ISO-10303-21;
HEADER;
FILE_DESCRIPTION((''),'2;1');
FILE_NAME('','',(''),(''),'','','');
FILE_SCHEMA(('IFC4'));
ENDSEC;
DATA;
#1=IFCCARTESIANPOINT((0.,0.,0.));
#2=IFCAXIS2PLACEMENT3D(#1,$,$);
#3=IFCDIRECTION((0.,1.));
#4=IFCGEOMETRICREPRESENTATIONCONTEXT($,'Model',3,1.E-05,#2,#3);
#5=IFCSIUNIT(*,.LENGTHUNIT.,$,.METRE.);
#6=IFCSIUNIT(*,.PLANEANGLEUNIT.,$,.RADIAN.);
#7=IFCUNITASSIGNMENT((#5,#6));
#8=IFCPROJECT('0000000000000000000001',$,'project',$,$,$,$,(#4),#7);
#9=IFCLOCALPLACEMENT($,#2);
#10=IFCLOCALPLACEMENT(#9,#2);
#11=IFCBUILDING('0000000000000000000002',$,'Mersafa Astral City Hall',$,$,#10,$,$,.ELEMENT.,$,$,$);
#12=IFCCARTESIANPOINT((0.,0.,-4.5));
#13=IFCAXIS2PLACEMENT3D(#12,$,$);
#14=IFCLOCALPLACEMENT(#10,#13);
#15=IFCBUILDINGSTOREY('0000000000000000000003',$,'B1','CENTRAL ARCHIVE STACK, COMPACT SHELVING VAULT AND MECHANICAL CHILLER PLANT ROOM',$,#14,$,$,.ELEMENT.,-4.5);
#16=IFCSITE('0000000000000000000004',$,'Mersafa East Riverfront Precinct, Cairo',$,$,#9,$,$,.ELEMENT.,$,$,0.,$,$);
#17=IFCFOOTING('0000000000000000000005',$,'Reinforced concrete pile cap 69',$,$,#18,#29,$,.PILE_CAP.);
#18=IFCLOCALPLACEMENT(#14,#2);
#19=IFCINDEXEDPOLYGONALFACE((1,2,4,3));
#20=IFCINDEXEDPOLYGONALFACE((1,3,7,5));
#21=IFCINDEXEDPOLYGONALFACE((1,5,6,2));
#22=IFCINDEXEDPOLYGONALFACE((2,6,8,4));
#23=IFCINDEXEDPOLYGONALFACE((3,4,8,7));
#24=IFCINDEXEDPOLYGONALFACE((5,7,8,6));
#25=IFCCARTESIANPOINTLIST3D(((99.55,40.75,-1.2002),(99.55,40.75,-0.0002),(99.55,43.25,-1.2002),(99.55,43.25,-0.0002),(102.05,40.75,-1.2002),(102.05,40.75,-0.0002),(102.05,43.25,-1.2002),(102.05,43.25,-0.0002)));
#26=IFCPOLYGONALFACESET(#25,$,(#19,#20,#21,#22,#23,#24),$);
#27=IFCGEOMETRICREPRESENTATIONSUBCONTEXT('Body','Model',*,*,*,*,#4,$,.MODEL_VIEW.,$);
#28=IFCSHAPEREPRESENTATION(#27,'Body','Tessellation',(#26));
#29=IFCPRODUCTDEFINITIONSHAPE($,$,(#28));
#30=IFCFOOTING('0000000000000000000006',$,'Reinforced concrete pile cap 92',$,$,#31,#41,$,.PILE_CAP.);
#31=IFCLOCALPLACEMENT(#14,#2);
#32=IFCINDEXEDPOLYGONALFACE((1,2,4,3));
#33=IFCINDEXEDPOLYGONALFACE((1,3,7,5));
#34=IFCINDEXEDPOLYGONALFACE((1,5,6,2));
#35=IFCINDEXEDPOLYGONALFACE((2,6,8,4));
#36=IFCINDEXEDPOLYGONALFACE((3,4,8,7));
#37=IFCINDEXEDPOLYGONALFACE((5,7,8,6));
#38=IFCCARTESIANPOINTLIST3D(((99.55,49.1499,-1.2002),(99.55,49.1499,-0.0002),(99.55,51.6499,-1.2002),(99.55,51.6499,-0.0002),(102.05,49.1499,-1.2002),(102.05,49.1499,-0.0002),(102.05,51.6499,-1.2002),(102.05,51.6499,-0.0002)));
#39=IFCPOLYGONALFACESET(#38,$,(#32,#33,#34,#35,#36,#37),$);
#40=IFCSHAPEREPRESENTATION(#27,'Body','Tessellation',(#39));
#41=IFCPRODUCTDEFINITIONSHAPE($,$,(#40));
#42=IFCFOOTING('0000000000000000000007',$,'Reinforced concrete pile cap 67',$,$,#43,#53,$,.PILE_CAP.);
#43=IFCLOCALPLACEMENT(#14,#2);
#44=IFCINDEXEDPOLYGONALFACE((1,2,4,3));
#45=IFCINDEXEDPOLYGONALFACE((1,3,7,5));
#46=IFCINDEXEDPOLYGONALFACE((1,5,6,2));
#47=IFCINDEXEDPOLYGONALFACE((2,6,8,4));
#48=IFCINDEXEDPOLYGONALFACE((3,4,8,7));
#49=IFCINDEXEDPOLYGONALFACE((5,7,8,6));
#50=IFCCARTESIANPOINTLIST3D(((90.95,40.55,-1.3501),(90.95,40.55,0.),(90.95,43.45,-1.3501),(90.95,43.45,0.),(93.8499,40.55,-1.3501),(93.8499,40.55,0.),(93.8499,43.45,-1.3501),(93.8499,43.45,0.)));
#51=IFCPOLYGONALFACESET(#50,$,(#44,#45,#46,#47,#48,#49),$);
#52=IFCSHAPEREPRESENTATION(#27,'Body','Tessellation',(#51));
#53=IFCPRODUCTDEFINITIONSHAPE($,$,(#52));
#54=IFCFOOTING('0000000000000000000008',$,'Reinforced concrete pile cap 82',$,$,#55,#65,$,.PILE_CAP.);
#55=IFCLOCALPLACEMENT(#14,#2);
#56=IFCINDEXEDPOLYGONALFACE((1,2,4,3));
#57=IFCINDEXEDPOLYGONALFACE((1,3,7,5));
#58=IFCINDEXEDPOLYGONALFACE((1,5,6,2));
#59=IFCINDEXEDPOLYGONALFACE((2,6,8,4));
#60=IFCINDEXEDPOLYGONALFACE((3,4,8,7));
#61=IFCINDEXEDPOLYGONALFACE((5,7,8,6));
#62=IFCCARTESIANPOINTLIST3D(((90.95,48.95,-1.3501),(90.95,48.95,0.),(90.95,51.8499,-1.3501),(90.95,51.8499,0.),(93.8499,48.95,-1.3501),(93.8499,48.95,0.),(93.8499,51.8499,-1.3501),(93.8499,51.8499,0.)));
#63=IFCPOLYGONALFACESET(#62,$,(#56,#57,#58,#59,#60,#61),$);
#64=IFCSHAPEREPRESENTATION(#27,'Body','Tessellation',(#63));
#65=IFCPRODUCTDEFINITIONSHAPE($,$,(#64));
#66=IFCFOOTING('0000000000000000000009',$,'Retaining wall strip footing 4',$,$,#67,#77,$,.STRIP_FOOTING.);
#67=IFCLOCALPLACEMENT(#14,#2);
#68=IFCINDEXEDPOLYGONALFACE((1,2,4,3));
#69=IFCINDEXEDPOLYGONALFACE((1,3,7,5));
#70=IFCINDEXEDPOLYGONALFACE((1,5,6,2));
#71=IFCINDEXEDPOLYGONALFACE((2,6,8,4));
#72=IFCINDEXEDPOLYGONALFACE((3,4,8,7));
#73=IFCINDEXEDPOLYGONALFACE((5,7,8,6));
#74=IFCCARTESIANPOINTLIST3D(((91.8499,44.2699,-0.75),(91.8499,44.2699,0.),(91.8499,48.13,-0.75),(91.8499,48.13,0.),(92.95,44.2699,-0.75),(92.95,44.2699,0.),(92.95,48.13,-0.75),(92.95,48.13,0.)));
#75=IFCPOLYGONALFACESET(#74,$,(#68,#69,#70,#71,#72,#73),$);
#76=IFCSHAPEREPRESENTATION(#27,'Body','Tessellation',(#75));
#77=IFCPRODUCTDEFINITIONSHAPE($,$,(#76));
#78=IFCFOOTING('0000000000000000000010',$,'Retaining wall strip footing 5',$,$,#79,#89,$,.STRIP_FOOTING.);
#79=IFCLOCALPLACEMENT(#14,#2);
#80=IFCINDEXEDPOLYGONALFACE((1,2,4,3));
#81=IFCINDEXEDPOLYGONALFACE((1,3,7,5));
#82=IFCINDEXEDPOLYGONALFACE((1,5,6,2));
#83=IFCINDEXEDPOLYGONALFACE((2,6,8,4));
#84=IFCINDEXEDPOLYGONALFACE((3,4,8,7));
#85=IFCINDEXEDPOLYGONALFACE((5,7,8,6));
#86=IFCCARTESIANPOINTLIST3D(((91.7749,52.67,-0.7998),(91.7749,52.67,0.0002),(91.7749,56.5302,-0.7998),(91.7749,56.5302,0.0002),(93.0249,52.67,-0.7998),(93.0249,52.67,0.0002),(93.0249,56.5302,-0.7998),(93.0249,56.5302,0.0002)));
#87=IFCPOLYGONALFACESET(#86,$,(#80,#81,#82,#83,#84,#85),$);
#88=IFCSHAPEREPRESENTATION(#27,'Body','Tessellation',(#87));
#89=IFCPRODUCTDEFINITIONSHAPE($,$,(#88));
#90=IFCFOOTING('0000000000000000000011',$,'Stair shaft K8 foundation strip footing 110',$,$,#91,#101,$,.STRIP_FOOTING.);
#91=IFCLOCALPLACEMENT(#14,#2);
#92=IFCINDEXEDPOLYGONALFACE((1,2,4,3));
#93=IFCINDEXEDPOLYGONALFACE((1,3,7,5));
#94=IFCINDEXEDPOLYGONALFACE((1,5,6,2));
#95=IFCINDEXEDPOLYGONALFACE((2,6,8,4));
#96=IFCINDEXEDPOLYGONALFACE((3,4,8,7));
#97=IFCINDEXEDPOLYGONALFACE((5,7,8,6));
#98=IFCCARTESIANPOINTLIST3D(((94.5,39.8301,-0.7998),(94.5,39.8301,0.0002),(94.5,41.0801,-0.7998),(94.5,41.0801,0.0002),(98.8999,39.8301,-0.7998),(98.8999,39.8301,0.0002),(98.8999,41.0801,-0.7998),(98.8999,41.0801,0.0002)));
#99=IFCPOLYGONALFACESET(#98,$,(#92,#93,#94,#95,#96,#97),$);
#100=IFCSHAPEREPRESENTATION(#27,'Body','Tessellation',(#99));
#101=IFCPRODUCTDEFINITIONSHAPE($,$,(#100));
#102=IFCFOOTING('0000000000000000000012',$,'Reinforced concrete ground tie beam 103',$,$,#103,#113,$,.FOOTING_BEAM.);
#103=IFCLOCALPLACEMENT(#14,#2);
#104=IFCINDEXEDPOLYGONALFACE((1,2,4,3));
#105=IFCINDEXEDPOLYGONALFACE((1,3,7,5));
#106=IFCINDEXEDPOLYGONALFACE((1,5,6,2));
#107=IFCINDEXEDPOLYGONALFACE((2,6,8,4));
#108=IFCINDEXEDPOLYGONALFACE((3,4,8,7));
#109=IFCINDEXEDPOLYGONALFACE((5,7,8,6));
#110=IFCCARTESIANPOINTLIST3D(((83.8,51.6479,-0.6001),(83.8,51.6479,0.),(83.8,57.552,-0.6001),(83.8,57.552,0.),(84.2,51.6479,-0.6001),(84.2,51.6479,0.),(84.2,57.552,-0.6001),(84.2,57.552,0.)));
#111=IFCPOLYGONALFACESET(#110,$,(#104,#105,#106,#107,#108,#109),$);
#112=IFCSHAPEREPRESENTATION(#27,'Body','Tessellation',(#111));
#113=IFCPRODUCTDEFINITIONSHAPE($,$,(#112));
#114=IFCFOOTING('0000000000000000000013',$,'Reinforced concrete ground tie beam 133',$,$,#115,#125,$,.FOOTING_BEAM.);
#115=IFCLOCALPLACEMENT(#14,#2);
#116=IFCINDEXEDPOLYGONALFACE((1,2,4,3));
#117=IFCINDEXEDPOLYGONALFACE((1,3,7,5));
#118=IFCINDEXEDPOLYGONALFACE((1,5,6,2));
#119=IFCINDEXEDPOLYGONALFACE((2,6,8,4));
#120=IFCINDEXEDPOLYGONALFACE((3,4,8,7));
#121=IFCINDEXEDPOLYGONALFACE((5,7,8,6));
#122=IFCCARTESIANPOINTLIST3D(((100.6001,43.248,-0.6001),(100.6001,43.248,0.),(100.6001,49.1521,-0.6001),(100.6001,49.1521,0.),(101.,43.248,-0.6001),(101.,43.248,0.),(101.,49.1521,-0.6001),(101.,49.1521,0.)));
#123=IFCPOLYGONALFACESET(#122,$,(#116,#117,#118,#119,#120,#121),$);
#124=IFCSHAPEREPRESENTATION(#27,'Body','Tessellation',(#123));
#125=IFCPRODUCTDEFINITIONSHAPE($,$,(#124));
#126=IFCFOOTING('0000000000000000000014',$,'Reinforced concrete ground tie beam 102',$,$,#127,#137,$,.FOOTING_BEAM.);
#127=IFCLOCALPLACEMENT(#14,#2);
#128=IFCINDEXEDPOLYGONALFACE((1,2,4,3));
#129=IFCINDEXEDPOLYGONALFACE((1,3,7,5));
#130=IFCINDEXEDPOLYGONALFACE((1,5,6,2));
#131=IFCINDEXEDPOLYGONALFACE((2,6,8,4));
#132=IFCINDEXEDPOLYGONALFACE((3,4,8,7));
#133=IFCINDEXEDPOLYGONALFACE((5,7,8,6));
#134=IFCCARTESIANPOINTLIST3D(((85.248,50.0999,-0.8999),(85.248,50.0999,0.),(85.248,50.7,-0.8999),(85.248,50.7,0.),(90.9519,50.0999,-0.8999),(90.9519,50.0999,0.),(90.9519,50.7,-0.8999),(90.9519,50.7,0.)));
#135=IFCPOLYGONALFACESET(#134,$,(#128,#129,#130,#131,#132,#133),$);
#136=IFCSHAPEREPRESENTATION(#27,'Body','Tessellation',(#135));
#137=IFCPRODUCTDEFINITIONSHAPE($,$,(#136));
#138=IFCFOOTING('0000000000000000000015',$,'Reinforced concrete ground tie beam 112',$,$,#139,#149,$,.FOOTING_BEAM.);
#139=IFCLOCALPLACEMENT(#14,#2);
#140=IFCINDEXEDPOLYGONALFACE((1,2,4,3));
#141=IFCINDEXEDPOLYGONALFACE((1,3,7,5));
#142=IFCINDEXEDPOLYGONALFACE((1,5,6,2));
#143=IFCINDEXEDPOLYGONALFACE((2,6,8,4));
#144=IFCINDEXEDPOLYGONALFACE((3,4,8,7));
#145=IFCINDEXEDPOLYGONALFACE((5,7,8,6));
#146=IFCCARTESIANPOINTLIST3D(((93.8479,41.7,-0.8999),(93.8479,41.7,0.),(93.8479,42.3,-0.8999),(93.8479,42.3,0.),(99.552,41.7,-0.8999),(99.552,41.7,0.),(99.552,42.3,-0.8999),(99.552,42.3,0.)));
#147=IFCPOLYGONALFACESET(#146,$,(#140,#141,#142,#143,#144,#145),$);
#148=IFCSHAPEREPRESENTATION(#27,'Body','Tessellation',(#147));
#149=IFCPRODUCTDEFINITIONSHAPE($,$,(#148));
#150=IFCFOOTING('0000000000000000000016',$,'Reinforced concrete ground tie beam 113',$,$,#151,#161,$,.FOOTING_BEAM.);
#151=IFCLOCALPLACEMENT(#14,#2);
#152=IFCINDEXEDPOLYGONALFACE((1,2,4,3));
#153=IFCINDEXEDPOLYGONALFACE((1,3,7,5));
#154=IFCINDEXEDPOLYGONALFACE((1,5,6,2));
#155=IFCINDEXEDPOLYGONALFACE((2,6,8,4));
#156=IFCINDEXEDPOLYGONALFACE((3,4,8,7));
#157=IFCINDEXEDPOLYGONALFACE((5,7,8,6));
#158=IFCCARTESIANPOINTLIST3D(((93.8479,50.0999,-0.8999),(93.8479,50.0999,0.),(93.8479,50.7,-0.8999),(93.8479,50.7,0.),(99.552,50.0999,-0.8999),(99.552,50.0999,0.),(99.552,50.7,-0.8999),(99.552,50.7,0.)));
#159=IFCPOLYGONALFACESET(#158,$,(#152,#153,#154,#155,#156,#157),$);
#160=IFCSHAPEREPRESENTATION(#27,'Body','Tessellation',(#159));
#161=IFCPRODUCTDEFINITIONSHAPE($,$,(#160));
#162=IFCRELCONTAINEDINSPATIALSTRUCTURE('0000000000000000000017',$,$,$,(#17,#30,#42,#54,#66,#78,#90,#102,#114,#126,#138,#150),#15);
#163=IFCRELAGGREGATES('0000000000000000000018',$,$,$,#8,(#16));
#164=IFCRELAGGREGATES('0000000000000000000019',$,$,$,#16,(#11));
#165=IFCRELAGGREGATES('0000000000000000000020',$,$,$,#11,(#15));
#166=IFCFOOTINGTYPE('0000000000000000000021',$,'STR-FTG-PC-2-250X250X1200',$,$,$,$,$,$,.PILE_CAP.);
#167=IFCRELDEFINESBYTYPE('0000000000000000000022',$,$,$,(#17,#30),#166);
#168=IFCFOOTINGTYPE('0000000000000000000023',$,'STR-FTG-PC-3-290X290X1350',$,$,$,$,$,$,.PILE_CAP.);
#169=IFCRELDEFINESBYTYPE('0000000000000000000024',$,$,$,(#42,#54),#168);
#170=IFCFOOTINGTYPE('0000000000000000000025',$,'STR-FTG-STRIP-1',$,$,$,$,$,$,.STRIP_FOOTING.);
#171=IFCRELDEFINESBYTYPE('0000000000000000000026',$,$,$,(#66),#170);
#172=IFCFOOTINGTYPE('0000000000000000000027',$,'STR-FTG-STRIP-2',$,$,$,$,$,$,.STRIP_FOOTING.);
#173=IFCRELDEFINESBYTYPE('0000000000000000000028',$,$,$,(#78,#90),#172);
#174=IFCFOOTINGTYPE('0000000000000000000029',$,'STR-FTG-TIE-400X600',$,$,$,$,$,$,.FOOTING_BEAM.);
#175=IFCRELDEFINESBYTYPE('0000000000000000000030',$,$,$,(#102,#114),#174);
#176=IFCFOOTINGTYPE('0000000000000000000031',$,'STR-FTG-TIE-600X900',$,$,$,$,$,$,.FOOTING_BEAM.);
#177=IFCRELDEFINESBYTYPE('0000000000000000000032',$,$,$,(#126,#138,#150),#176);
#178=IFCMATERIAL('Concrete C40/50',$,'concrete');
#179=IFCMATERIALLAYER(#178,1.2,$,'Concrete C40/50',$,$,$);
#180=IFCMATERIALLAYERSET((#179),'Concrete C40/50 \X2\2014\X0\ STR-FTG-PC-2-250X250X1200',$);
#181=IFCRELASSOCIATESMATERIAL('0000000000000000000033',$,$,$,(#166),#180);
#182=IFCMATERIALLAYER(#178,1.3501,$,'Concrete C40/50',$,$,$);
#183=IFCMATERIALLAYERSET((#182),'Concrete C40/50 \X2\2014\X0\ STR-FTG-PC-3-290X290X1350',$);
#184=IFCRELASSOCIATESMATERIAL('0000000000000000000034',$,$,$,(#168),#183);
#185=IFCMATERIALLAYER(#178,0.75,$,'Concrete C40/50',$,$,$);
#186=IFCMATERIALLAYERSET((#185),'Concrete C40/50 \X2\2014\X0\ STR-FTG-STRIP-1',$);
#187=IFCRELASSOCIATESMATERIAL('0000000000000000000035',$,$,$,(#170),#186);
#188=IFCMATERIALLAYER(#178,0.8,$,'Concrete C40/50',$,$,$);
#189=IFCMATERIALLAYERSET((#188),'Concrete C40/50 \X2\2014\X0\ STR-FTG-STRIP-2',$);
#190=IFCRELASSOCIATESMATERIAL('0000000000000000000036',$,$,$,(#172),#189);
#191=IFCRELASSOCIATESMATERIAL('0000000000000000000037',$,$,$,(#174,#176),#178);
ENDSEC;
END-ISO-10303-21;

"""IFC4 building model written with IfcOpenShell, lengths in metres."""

from ifc_helpers import new_model, si_unit, direction, frame, origin, origin_2d, place, context, subcontext, project, spatial, rectangle, extrude, material, layer, layer_set, material_profile, profile_set, type_object, element, save


model = new_model("IFC4")

# Units and contexts
model_context = context("Model", 3, precision=1e-05, world=origin(), true_north=direction((0.0, 1.0)))
body_context = subcontext(model_context, "Body", "Model", "MODEL_VIEW")
ifc_project = project(units=[si_unit("LENGTHUNIT", "METRE"), si_unit("PLANEANGLEUNIT", "RADIAN")], contexts=[model_context])

# Site, building, storey
site_placement = place(None, origin())
site = spatial("IfcSite", under=ifc_project, at=site_placement, Name="Mersafa East Riverfront Precinct, Cairo", CompositionType="ELEMENT", RefElevation=0.0)
building_placement = place(site_placement, origin())
building = spatial("IfcBuilding", under=site, at=building_placement, Name="Mersafa Astral City Hall", CompositionType="ELEMENT")
storey_placement = place(building_placement, frame((0.0, 0.0, -4.5)))
storey = spatial("IfcBuildingStorey", under=building, at=storey_placement, Name="B1", Description="CENTRAL ARCHIVE STACK, COMPACT SHELVING VAULT AND MECHANICAL CHILLER PLANT ROOM", CompositionType="ELEMENT", Elevation=-4.5)

# Footings
ifc_material_1 = material(Name="Concrete C40/50", Category="concrete")
ifc_layer_1 = layer(ifc_material_1, 1.2, Name="Concrete C40/50")
ifc_layer_set_1 = layer_set([ifc_layer_1], Name="Concrete C40/50 — STR-FTG-PC-2-250X250X1200")
footing_type_1 = type_object("IfcFootingType", Name="STR-FTG-PC-2-250X250X1200", PredefinedType="PILE_CAP", material=ifc_layer_set_1)
for number, where, z_axis, x_axis, name in (
    (1, (100.8, 42.0, -1.2002), (0.0, 0.0, 1.0), (1.0, 0.0, 0.0), "Reinforced concrete pile cap 69"),
    (2, (100.8, 50.3999, -1.2002), (0.0, 0.0, 1.0), (1.0, 0.0, 0.0), "Reinforced concrete pile cap 92"),
):
    element("IfcFooting", number, at=place(storey_placement, frame(where, z_axis=z_axis, x_axis=x_axis)), inside=storey, type_object=footing_type_1, Name=name, PredefinedType="PILE_CAP", context=body_context, shape_type="SweptSolid", body=[
        extrude(rectangle(XDim=2.5, YDim=2.5, at=origin_2d()), origin(), (0.0, 0.0, 1.0), 1.2),
    ])
ifc_layer_2 = layer(ifc_material_1, 1.3501, Name="Concrete C40/50")
ifc_layer_set_2 = layer_set([ifc_layer_2], Name="Concrete C40/50 — STR-FTG-PC-3-290X290X1350")
footing_type_2 = type_object("IfcFootingType", Name="STR-FTG-PC-3-290X290X1350", PredefinedType="PILE_CAP", material=ifc_layer_set_2)
for number, where, z_axis, x_axis, name in (
    (3, (92.3999, 42.0, -1.3501), (0.0, 0.0, 1.0), (1.0, 0.0, 0.0), "Reinforced concrete pile cap 67"),
    (4, (92.3999, 50.3999, -1.3501), (0.0, 0.0, 1.0), (1.0, 0.0, 0.0), "Reinforced concrete pile cap 82"),
):
    element("IfcFooting", number, at=place(storey_placement, frame(where, z_axis=z_axis, x_axis=x_axis)), inside=storey, type_object=footing_type_2, Name=name, PredefinedType="PILE_CAP", context=body_context, shape_type="SweptSolid", body=[
        extrude(rectangle(XDim=2.8999, YDim=2.8999, at=origin_2d()), origin(), (0.0, 0.0, 1.0), 1.3501),
    ])
ifc_layer_3 = layer(ifc_material_1, 0.75, Name="Concrete C40/50")
ifc_layer_set_3 = layer_set([ifc_layer_3], Name="Concrete C40/50 — STR-FTG-STRIP-1")
footing_type_3 = type_object("IfcFootingType", Name="STR-FTG-STRIP-1", PredefinedType="STRIP_FOOTING", material=ifc_layer_set_3)
footing_1_placement = place(storey_placement, frame((92.3999, 46.2, -0.75), z_axis=(0.0, 0.0, 1.0), x_axis=(0.0, 1.0, 0.0)))
element("IfcFooting", 5, at=footing_1_placement, inside=storey, type_object=footing_type_3, Name="Retaining wall strip footing 4", PredefinedType="STRIP_FOOTING", context=body_context, shape_type="SweptSolid", body=[
    extrude(rectangle(XDim=3.8601, YDim=1.1001, at=origin_2d()), origin(), (0.0, 0.0, 1.0), 0.75),
])
ifc_layer_4 = layer(ifc_material_1, 0.8, Name="Concrete C40/50")
ifc_layer_set_4 = layer_set([ifc_layer_4], Name="Concrete C40/50 — STR-FTG-STRIP-2")
footing_type_4 = type_object("IfcFootingType", Name="STR-FTG-STRIP-2", PredefinedType="STRIP_FOOTING", material=ifc_layer_set_4)
footing_2_placement = place(storey_placement, frame((92.3999, 54.6001, -0.7998), z_axis=(0.0, 0.0, 1.0), x_axis=(0.0, 1.0, 0.0)))
element("IfcFooting", 6, at=footing_2_placement, inside=storey, type_object=footing_type_4, Name="Retaining wall strip footing 5", PredefinedType="STRIP_FOOTING", context=body_context, shape_type="SweptSolid", body=[
    extrude(rectangle(XDim=3.8601, YDim=1.25, at=origin_2d()), origin(), (0.0, 0.0, 1.0), 0.8),
])
footing_3_placement = place(storey_placement, frame((96.7, 40.4551, -0.7998), z_axis=(0.0, 0.0, 1.0), x_axis=(1.0, 0.0, 0.0)))
element("IfcFooting", 7, at=footing_3_placement, inside=storey, type_object=footing_type_4, Name="Stair shaft K8 foundation strip footing 110", PredefinedType="STRIP_FOOTING", context=body_context, shape_type="SweptSolid", body=[
    extrude(rectangle(XDim=4.3999, YDim=1.25, at=origin_2d()), origin(), (0.0, 0.0, 1.0), 0.8),
])
ifc_material_profile_1 = material_profile(ifc_material_1, rectangle(XDim=0.3999, YDim=0.6001, at=origin_2d()), Name="RC 400x600")
ifc_profile_set_1 = profile_set([ifc_material_profile_1], Name="Concrete C40/50")
footing_type_5 = type_object("IfcFootingType", Name="STR-FTG-TIE-400X600", PredefinedType="FOOTING_BEAM", material=ifc_profile_set_1)
for number, where, z_axis, x_axis, name in (
    (8, (84.0, 51.6479, -0.3), (0.0, 1.0, 0.0), (-1.0, 0.0, 0.0), "Reinforced concrete ground tie beam 103"),
    (9, (100.8, 43.248, -0.3), (0.0, 1.0, 0.0), (-1.0, 0.0, 0.0), "Reinforced concrete ground tie beam 133"),
):
    element("IfcFooting", number, at=place(storey_placement, frame(where, z_axis=z_axis, x_axis=x_axis)), inside=storey, type_object=footing_type_5, Name=name, PredefinedType="FOOTING_BEAM", context=body_context, shape_type="SweptSolid", body=[
        extrude(rectangle(XDim=0.3999, YDim=0.6001, at=origin_2d()), origin(), (0.0, 0.0, 1.0), 5.9041),
    ])
ifc_material_profile_2 = material_profile(ifc_material_1, rectangle(XDim=0.6001, YDim=0.8999, at=origin_2d()), Name="RC 600x900")
ifc_profile_set_2 = profile_set([ifc_material_profile_2], Name="Concrete C40/50")
footing_type_6 = type_object("IfcFootingType", Name="STR-FTG-TIE-600X900", PredefinedType="FOOTING_BEAM", material=ifc_profile_set_2)
footing_4_placement = place(storey_placement, frame((85.248, 50.3999, -0.45), z_axis=(1.0, 0.0, 0.0), x_axis=(0.0, 1.0, 0.0)))
element("IfcFooting", 10, at=footing_4_placement, inside=storey, type_object=footing_type_6, Name="Reinforced concrete ground tie beam 102", PredefinedType="FOOTING_BEAM", context=body_context, shape_type="SweptSolid", body=[
    extrude(rectangle(XDim=0.6001, YDim=0.8999, at=origin_2d()), origin(), (0.0, 0.0, 1.0), 5.7039),
])
for number, where, z_axis, x_axis, name in (
    (11, (93.8479, 42.0, -0.45), (1.0, 0.0, 0.0), (0.0, 1.0, 0.0), "Reinforced concrete ground tie beam 112"),
    (12, (93.8479, 50.3999, -0.45), (1.0, 0.0, 0.0), (0.0, 1.0, 0.0), "Reinforced concrete ground tie beam 113"),
):
    element("IfcFooting", number, at=place(storey_placement, frame(where, z_axis=z_axis, x_axis=x_axis)), inside=storey, type_object=footing_type_6, Name=name, PredefinedType="FOOTING_BEAM", context=body_context, shape_type="SweptSolid", body=[
        extrude(rectangle(XDim=0.6001, YDim=0.8999, at=origin_2d()), origin(), (0.0, 0.0, 1.0), 5.7041),
    ])

save(model, "model.ifc")
